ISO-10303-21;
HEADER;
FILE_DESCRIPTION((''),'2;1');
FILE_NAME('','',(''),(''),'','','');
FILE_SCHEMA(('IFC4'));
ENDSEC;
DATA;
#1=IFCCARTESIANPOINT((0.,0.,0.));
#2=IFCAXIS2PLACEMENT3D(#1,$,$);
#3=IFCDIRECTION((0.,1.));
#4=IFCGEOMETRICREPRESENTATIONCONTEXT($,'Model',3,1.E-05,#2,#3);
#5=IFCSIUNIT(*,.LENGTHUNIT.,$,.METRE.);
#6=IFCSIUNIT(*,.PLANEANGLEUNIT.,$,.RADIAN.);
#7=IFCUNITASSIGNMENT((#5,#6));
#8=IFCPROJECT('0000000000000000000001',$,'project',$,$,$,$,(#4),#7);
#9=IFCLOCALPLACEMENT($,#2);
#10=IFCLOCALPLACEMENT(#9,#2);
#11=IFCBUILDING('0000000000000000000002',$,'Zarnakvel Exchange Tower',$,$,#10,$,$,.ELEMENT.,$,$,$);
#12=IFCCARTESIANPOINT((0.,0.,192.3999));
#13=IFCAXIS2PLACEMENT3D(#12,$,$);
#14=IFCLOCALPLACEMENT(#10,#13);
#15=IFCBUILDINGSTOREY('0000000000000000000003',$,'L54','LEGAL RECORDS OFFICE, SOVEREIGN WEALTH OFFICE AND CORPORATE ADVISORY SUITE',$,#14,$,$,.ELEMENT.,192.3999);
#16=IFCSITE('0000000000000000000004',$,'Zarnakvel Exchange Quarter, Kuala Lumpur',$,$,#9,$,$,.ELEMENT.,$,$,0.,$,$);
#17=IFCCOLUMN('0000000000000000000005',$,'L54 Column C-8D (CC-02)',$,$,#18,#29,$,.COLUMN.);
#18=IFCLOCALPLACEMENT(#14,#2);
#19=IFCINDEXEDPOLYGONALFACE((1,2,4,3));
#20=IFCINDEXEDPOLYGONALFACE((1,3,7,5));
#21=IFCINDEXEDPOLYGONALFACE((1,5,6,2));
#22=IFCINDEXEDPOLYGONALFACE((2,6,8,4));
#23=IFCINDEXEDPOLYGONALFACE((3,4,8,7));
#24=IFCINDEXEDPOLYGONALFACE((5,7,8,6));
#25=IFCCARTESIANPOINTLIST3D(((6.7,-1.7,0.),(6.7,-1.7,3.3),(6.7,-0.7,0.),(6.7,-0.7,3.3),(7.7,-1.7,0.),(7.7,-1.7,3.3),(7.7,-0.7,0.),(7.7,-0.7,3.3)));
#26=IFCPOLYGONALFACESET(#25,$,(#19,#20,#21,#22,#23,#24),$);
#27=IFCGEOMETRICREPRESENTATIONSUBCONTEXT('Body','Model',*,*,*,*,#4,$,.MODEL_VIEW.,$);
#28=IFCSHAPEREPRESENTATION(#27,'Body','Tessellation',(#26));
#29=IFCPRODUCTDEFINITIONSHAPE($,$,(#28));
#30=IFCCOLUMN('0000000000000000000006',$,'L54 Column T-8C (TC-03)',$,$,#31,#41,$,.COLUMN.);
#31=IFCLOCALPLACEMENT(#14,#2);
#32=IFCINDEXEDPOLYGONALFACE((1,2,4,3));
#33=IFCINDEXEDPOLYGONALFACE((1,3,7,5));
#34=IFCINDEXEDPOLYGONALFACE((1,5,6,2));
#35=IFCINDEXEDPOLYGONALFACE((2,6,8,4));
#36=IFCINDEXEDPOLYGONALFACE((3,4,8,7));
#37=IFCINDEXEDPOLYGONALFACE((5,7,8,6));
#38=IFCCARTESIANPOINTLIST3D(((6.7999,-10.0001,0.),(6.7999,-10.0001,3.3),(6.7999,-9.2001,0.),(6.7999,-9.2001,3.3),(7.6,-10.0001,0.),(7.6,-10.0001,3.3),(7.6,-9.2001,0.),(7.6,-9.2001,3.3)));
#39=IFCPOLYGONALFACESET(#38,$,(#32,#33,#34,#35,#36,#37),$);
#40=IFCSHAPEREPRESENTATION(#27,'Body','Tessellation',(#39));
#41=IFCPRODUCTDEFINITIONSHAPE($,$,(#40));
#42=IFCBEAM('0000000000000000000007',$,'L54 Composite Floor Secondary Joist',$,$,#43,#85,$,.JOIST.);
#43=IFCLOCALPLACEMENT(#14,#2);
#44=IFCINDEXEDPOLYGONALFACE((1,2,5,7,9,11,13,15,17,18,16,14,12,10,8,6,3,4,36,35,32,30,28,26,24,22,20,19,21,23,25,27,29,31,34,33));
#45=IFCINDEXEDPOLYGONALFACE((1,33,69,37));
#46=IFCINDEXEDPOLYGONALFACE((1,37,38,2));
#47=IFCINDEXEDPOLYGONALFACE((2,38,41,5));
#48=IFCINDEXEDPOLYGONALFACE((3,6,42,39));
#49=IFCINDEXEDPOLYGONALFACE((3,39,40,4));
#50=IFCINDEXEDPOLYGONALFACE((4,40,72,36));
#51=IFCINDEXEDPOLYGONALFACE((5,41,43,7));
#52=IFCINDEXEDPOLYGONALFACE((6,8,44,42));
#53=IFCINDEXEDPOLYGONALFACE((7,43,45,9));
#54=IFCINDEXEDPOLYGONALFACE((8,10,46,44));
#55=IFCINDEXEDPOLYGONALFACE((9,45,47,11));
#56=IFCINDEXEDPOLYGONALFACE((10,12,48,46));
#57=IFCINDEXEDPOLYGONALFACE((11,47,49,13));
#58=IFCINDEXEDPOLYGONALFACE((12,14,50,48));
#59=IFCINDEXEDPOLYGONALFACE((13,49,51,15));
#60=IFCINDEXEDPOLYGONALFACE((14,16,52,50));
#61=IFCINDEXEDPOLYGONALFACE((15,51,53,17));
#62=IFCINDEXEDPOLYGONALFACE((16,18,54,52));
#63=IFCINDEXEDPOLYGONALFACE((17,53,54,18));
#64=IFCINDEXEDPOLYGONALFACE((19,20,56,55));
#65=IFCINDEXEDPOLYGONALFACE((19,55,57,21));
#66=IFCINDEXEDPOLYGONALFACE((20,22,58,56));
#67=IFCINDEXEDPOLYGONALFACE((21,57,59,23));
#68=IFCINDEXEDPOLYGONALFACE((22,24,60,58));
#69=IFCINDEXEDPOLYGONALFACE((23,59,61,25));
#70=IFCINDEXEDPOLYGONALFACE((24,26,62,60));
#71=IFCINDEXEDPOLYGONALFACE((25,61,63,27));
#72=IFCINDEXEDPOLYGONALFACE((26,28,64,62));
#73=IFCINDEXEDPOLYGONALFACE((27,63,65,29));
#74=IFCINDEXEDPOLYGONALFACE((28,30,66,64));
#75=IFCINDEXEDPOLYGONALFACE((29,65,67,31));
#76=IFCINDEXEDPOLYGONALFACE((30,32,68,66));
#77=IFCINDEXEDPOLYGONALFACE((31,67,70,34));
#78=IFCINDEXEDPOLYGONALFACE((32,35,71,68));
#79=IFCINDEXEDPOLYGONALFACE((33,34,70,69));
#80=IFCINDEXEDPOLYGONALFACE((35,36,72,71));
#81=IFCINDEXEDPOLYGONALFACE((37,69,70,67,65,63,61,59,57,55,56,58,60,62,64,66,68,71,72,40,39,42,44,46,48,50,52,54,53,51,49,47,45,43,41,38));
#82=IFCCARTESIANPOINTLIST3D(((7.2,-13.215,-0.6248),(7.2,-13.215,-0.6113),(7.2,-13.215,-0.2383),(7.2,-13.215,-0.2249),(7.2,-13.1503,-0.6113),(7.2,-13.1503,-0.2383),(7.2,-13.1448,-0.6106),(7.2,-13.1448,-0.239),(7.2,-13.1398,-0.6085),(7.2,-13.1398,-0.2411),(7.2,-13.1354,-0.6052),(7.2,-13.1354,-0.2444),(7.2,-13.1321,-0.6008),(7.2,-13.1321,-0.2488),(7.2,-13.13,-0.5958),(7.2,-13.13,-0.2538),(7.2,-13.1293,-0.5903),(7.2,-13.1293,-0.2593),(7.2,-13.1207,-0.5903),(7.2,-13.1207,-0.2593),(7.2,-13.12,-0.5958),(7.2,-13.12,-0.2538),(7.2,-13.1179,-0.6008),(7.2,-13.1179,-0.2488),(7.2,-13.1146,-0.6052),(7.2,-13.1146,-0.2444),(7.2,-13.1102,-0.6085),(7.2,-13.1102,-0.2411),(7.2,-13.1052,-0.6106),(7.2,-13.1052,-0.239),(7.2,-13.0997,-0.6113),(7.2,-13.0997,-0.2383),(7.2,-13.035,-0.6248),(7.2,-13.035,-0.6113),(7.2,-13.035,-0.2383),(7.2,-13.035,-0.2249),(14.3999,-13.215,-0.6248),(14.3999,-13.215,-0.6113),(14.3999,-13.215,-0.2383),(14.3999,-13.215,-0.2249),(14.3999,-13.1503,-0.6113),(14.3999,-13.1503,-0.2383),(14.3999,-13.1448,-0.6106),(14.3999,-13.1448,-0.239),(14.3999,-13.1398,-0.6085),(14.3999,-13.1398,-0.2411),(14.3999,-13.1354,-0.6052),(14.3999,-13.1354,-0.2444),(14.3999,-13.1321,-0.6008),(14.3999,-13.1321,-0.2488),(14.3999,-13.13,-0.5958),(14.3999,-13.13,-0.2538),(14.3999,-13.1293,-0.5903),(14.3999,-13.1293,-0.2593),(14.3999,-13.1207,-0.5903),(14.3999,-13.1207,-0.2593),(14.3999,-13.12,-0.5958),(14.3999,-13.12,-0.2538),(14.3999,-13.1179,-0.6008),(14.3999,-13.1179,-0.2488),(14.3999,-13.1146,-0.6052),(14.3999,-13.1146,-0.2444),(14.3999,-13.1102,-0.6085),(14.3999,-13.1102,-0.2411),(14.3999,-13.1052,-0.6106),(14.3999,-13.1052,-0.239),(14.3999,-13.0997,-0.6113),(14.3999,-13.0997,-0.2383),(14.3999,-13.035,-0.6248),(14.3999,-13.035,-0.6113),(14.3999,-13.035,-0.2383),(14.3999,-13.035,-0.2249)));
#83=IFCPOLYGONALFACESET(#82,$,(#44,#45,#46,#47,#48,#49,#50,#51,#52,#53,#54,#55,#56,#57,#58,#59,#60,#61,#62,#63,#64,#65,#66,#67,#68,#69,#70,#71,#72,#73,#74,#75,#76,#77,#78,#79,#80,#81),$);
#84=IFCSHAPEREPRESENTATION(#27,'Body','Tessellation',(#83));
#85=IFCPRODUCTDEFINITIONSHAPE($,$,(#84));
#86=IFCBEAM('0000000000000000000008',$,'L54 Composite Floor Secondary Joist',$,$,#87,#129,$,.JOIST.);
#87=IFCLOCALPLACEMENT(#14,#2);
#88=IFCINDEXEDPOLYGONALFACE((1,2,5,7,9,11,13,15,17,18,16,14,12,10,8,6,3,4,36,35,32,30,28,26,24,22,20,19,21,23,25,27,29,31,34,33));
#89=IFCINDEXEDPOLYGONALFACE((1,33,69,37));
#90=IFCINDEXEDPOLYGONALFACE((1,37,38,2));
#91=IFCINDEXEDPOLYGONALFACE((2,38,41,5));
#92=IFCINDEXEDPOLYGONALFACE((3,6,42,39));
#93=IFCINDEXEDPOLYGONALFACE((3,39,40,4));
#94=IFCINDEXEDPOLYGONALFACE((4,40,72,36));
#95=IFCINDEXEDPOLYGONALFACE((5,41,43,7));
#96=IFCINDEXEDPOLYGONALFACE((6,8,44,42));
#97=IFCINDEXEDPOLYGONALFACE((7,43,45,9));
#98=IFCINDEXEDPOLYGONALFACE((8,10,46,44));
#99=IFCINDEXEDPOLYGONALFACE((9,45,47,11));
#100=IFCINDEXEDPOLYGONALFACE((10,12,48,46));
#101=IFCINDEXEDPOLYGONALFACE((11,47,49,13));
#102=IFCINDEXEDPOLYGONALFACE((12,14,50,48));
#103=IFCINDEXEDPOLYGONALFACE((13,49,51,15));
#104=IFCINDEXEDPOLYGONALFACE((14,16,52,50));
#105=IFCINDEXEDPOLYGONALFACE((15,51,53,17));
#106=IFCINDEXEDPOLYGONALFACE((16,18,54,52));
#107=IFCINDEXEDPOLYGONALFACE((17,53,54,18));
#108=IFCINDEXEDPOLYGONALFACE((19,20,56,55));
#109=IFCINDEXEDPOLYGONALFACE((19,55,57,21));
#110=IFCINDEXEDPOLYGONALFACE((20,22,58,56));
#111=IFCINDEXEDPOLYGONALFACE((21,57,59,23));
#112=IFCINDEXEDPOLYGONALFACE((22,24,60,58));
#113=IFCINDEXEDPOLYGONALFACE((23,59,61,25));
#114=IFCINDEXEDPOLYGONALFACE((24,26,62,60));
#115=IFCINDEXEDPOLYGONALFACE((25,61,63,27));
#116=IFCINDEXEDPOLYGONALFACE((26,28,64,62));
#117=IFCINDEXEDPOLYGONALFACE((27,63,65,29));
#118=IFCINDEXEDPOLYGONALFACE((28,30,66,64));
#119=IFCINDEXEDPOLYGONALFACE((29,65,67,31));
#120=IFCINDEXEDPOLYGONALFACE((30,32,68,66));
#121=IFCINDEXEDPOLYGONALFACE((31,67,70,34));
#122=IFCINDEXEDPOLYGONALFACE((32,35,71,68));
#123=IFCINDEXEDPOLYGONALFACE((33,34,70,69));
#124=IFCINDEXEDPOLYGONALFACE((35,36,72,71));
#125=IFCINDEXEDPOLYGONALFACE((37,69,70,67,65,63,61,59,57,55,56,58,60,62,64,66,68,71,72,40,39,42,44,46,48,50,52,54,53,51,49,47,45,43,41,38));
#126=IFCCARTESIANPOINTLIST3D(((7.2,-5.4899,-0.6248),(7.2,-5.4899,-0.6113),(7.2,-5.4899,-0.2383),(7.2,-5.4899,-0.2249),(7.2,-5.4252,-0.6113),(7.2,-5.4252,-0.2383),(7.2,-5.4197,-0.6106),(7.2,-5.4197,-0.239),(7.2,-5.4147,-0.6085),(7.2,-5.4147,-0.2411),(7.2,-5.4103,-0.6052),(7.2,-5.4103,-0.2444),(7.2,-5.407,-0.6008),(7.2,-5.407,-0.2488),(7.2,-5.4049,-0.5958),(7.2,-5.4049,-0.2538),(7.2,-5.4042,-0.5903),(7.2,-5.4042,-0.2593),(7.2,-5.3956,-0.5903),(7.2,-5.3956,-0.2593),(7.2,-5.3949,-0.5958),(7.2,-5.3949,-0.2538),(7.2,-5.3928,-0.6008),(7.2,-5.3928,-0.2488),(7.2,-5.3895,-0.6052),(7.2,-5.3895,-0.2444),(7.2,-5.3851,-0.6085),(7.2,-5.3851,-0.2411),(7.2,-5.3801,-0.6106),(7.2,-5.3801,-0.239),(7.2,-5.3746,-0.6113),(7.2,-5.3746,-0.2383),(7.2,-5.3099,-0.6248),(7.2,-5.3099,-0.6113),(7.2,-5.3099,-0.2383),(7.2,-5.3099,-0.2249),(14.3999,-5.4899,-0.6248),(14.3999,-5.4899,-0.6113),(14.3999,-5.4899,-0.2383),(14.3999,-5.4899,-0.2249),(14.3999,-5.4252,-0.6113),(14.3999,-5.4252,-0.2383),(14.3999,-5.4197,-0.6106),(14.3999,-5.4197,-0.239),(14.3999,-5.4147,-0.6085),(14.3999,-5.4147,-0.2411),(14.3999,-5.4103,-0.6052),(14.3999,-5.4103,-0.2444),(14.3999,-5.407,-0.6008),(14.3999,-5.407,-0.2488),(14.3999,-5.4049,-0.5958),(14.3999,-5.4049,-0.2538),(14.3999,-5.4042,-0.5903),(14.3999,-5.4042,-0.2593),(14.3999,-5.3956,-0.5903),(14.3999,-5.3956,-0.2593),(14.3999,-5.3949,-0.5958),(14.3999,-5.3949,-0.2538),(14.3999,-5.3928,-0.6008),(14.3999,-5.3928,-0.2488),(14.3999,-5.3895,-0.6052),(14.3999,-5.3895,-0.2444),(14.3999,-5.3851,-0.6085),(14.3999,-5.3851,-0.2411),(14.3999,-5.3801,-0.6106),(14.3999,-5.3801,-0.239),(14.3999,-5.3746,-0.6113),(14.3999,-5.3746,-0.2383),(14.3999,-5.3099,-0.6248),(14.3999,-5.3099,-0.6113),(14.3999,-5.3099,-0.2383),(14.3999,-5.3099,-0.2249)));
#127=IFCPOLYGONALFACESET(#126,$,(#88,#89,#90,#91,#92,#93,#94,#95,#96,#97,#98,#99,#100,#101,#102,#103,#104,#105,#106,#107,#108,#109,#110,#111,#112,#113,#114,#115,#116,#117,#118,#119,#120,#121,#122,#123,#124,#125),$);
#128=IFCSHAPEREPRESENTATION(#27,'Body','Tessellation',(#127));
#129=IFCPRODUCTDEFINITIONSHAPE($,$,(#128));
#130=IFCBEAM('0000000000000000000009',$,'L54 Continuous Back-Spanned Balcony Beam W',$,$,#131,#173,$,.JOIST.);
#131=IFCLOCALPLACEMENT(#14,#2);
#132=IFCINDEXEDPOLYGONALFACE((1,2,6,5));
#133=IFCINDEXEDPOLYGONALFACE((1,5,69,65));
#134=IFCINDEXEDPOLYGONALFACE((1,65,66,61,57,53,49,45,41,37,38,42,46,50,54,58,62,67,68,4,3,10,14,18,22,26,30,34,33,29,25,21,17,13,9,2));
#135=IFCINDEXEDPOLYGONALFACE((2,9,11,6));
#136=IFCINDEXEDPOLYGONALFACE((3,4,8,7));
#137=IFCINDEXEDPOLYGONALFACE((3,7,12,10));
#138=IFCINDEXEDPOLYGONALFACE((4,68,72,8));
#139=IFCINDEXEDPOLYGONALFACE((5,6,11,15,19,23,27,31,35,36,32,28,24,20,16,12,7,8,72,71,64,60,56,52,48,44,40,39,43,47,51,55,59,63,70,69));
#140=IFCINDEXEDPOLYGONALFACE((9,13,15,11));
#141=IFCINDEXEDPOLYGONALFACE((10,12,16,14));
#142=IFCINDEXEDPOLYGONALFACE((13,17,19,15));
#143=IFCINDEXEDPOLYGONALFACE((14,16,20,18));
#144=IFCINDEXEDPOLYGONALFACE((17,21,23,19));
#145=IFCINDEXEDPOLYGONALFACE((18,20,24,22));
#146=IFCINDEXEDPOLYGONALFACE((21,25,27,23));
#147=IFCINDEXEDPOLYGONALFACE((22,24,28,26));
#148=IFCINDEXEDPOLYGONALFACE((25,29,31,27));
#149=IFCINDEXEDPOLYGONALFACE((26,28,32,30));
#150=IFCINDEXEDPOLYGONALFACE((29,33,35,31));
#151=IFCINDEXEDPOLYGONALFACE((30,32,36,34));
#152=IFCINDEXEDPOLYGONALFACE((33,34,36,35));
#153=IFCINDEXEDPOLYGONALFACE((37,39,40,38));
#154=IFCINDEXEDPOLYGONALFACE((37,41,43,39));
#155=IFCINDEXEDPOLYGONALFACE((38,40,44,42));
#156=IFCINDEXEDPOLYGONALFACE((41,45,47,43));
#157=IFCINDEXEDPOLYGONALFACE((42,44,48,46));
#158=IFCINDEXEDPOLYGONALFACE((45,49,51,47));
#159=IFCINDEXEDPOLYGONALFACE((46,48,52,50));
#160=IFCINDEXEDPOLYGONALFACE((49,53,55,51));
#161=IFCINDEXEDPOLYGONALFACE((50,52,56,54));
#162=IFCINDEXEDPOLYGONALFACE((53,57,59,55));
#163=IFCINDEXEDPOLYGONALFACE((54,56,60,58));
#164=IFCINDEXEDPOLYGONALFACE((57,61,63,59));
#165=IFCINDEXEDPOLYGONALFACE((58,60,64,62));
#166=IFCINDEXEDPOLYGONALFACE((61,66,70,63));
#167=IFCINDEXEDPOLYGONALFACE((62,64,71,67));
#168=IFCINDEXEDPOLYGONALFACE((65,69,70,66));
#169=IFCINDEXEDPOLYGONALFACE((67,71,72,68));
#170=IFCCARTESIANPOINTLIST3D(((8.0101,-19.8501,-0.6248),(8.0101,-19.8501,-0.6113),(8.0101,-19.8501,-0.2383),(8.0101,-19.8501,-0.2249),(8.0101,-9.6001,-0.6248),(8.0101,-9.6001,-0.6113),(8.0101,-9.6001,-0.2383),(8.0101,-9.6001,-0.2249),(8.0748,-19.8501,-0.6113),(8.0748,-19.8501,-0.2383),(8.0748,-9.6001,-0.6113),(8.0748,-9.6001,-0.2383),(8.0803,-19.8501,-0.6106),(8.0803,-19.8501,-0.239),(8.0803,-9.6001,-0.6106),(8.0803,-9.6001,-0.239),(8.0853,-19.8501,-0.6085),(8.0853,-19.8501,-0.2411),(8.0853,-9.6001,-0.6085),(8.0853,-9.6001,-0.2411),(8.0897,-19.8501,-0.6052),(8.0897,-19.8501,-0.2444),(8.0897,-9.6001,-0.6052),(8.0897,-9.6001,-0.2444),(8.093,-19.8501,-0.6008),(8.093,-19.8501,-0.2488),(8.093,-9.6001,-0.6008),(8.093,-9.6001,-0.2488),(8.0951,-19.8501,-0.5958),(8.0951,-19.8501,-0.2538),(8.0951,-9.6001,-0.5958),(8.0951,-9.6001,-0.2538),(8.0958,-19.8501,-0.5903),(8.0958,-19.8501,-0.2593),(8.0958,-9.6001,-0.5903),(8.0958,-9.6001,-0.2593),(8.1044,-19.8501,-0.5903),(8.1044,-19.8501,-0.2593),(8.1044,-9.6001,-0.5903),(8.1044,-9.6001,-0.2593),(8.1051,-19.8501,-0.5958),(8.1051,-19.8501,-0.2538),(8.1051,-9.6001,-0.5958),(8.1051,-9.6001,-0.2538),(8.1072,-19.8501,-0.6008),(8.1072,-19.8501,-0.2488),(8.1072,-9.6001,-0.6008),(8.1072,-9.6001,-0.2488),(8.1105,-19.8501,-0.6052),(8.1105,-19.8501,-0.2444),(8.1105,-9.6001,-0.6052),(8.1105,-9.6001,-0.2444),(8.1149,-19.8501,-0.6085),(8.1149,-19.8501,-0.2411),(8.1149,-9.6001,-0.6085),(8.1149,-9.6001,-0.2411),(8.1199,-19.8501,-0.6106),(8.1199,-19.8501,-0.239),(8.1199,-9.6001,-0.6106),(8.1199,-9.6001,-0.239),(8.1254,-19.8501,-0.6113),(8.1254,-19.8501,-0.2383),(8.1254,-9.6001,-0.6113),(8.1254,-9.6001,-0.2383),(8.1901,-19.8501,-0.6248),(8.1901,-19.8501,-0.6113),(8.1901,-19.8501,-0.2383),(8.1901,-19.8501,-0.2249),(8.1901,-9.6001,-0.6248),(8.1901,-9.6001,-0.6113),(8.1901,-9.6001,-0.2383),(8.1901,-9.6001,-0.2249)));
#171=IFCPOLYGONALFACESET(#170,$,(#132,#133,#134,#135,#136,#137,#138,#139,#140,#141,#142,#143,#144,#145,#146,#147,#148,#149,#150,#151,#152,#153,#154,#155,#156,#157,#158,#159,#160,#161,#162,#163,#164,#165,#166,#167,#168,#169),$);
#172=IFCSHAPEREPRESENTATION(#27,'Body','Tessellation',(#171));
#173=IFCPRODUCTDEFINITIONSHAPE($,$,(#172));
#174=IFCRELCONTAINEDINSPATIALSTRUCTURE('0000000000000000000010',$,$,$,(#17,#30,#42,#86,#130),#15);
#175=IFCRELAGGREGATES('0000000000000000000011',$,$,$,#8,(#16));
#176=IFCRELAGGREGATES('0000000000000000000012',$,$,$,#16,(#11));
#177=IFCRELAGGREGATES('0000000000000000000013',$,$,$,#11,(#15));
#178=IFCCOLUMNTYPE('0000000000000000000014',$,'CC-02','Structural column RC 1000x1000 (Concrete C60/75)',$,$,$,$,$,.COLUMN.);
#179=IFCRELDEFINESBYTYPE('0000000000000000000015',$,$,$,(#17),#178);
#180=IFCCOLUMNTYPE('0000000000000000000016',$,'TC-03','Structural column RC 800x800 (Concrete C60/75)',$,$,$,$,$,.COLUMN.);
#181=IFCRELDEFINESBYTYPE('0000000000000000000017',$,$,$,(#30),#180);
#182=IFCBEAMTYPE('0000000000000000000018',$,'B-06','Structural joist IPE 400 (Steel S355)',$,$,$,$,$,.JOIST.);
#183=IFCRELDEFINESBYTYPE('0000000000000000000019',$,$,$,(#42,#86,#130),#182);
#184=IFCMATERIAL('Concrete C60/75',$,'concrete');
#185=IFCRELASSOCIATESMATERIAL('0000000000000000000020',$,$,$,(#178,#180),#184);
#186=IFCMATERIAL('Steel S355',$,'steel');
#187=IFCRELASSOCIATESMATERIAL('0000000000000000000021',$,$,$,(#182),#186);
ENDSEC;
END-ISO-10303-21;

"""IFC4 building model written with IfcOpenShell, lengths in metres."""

from ifc_helpers import new_model, si_unit, direction, frame, origin, origin_2d, place, context, subcontext, project, spatial, rectangle, i_section, extrude, material, material_profile, profile_set, type_object, element, save


model = new_model("IFC4")

# Units and contexts
model_context = context("Model", 3, precision=1e-05, world=origin(), true_north=direction((0.0, 1.0)))
body_context = subcontext(model_context, "Body", "Model", "MODEL_VIEW")
ifc_project = project(units=[si_unit("LENGTHUNIT", "METRE"), si_unit("PLANEANGLEUNIT", "RADIAN")], contexts=[model_context])

# Site, building, storey
site_placement = place(None, origin())
site = spatial("IfcSite", under=ifc_project, at=site_placement, Name="Zarnakvel Exchange Quarter, Kuala Lumpur", CompositionType="ELEMENT", RefElevation=0.0)
building_placement = place(site_placement, origin())
building = spatial("IfcBuilding", under=site, at=building_placement, Name="Zarnakvel Exchange Tower", CompositionType="ELEMENT")
storey_placement = place(building_placement, frame((0.0, 0.0, 192.3999)))
storey = spatial("IfcBuildingStorey", under=building, at=storey_placement, Name="L54", Description="LEGAL RECORDS OFFICE, SOVEREIGN WEALTH OFFICE AND CORPORATE ADVISORY SUITE", CompositionType="ELEMENT", Elevation=192.3999)

# Columns
ifc_material_1 = material(Name="Concrete C60/75", Category="concrete")
ifc_material_profile_1 = material_profile(ifc_material_1, rectangle(XDim=1.0, YDim=1.0, at=origin_2d()))
ifc_profile_set_1 = profile_set([ifc_material_profile_1], Name="Concrete C60/75")
column_type_1 = type_object("IfcColumnType", Name="CC-02", Description="Structural column RC 1000x1000 (Concrete C60/75)", PredefinedType="COLUMN", material=ifc_profile_set_1)
column_1_placement = place(storey_placement, frame((7.2, -1.2, 0.0), z_axis=(0.0, 0.0, 1.0), x_axis=(1.0, 0.0, 0.0)))
element("IfcColumn", 1, at=column_1_placement, inside=storey, type_object=column_type_1, Name="L54 Column C-8D (CC-02)", PredefinedType="COLUMN", context=body_context, shape_type="SweptSolid", body=[
    extrude(rectangle(XDim=1.0, YDim=1.0, at=origin_2d()), origin(), (0.0, 0.0, 1.0), 3.3),
])
ifc_material_profile_2 = material_profile(ifc_material_1, rectangle(XDim=0.8, YDim=0.8, at=origin_2d()))
ifc_profile_set_2 = profile_set([ifc_material_profile_2], Name="Concrete C60/75")
column_type_2 = type_object("IfcColumnType", Name="TC-03", Description="Structural column RC 800x800 (Concrete C60/75)", PredefinedType="COLUMN", material=ifc_profile_set_2)
column_2_placement = place(storey_placement, frame((7.2, -9.6001, 0.0), z_axis=(0.0, 0.0, 1.0), x_axis=(1.0, 0.0, 0.0)))
element("IfcColumn", 2, at=column_2_placement, inside=storey, type_object=column_type_2, Name="L54 Column T-8C (TC-03)", PredefinedType="COLUMN", context=body_context, shape_type="SweptSolid", body=[
    extrude(rectangle(XDim=0.8, YDim=0.8, at=origin_2d()), origin(), (0.0, 0.0, 1.0), 3.3),
])

# Beams
ifc_material_2 = material(Name="Steel S355", Category="steel")
ifc_material_profile_3 = material_profile(ifc_material_2, i_section(OverallWidth=0.1799, OverallDepth=0.3999, WebThickness=0.0085, FlangeThickness=0.0134, FilletRadius=0.021, at=origin_2d()))
ifc_profile_set_3 = profile_set([ifc_material_profile_3], Name="Steel S355")
beam_type_1 = type_object("IfcBeamType", Name="B-06", Description="Structural joist IPE 400 (Steel S355)", PredefinedType="JOIST", material=ifc_profile_set_3)
for number, where, z_axis, x_axis, name in (
    (3, (7.2, -13.125, -0.4248), (1.0, 0.0, 0.0), (0.0, 1.0, 0.0), "L54 Composite Floor Secondary Joist"),
    (4, (7.2, -5.3999, -0.4248), (1.0, 0.0, 0.0), (0.0, 1.0, 0.0), "L54 Composite Floor Secondary Joist"),
):
    element("IfcBeam", number, at=place(storey_placement, frame(where, z_axis=z_axis, x_axis=x_axis)), inside=storey, type_object=beam_type_1, Name=name, PredefinedType="JOIST", context=body_context, shape_type="SweptSolid", body=[
        extrude(i_section(OverallWidth=0.1799, OverallDepth=0.3999, WebThickness=0.0085, FlangeThickness=0.0134, FilletRadius=0.021, at=origin_2d()), origin(), (0.0, 0.0, 1.0), 7.2),
    ])
for number, where, z_axis, x_axis, name in (
    (5, (8.1001, -9.6001, -0.4248), (0.0, -1.0, 0.0), (1.0, 0.0, 0.0), "L54 Continuous Back-Spanned Balcony Beam W"),
):
    element("IfcBeam", number, at=place(storey_placement, frame(where, z_axis=z_axis, x_axis=x_axis)), inside=storey, type_object=beam_type_1, Name=name, PredefinedType="JOIST", context=body_context, shape_type="SweptSolid", body=[
        extrude(i_section(OverallWidth=0.1799, OverallDepth=0.3999, WebThickness=0.0085, FlangeThickness=0.0134, FilletRadius=0.021, at=origin_2d()), origin(), (0.0, 0.0, 1.0), 10.25),
    ])

save(model, "model.ifc")
